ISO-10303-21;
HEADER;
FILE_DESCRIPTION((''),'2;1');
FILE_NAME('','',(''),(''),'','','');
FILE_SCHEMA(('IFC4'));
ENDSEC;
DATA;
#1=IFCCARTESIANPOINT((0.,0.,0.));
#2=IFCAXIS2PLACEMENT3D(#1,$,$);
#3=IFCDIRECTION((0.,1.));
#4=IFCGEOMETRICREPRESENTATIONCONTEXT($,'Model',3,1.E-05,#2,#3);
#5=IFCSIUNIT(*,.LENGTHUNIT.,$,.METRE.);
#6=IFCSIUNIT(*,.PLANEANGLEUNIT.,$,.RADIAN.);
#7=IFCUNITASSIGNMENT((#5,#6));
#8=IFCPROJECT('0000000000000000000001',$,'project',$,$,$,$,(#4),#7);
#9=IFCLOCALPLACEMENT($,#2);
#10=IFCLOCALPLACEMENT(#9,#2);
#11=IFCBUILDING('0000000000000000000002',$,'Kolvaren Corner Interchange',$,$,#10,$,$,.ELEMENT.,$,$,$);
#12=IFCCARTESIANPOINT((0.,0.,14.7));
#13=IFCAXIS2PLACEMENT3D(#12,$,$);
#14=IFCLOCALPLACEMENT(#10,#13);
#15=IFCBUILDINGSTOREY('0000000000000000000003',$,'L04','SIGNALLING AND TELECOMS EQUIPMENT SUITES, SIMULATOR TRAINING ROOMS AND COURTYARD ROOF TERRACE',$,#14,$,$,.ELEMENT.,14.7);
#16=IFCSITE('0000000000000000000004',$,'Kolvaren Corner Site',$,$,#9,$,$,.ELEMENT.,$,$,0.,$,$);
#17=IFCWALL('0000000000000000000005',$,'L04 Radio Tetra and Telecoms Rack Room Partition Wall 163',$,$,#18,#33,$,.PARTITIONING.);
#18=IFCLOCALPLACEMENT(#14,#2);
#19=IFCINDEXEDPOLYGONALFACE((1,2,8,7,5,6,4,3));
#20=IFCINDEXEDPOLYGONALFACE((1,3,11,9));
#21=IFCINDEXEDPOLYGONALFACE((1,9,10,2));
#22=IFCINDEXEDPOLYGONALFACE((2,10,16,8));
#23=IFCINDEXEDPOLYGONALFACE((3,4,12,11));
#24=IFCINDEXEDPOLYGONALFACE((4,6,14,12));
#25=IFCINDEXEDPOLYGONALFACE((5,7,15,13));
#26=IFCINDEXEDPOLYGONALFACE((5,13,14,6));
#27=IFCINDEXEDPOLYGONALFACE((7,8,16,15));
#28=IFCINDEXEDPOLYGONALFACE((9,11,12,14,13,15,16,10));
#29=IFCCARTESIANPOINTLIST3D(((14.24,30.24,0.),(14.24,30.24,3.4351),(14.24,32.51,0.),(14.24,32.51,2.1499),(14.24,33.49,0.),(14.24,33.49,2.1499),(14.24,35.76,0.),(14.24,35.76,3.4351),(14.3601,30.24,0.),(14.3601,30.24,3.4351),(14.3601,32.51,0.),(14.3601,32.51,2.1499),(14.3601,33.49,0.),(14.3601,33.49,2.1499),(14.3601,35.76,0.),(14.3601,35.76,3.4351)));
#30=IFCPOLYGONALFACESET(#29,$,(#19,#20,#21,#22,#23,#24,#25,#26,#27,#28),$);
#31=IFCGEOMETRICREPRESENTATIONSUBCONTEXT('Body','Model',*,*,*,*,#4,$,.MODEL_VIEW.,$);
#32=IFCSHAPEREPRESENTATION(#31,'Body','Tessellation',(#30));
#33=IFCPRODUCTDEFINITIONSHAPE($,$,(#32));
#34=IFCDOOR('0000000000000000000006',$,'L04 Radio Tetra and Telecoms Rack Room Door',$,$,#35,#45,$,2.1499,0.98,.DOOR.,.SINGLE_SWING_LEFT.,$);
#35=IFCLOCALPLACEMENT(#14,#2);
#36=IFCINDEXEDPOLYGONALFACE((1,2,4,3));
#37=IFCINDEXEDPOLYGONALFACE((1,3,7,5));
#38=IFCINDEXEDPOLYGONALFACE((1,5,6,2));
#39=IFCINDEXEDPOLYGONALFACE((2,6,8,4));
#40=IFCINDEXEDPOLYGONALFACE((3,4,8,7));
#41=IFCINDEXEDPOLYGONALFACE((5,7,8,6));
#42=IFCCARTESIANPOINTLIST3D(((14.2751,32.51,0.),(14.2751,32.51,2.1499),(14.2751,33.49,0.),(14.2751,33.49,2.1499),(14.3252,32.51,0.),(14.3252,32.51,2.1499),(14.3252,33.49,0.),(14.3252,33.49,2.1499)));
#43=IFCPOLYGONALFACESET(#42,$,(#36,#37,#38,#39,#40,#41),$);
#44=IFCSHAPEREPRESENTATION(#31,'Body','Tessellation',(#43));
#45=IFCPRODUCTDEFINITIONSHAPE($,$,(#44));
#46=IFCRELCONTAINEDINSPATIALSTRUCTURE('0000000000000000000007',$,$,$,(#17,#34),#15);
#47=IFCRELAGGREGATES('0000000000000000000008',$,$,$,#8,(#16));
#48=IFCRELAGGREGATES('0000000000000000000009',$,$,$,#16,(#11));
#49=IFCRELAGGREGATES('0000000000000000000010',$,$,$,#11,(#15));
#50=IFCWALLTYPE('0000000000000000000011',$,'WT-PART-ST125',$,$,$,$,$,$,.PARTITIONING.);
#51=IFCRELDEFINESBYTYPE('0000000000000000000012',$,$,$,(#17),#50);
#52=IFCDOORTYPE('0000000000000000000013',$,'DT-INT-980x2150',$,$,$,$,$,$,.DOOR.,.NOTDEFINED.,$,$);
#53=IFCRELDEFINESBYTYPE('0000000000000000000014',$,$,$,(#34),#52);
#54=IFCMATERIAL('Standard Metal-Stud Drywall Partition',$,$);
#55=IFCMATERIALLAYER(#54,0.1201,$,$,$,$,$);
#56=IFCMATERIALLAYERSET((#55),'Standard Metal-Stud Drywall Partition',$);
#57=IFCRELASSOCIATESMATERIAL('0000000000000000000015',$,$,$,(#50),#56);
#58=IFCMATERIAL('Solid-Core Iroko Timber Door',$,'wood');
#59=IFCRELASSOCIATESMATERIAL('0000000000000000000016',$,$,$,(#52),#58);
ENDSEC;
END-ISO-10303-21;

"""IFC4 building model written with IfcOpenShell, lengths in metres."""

from ifc_helpers import new_model, si_unit, direction, frame, frame_2d, origin, place, context, subcontext, project, spatial, rectangle, extrude, material, layer, layer_set, type_object, element, fill, save


model = new_model("IFC4")

# Units and contexts
model_context = context("Model", 3, precision=1e-05, world=origin(), true_north=direction((0.0, 1.0)))
body_context = subcontext(model_context, "Body", "Model", "MODEL_VIEW")
ifc_project = project(units=[si_unit("LENGTHUNIT", "METRE"), si_unit("PLANEANGLEUNIT", "RADIAN")], contexts=[model_context])

# Site, building, storey
site_placement = place(None, origin())
site = spatial("IfcSite", under=ifc_project, at=site_placement, Name="Kolvaren Corner Site", CompositionType="ELEMENT", RefElevation=0.0)
building_placement = place(site_placement, origin())
building = spatial("IfcBuilding", under=site, at=building_placement, Name="Kolvaren Corner Interchange", CompositionType="ELEMENT")
storey_placement = place(building_placement, frame((0.0, 0.0, 14.7)))
storey = spatial("IfcBuildingStorey", under=building, at=storey_placement, Name="L04", Description="SIGNALLING AND TELECOMS EQUIPMENT SUITES, SIMULATOR TRAINING ROOMS AND COURTYARD ROOF TERRACE", CompositionType="ELEMENT", Elevation=14.7)

# Wall, opening, door
ifc_material_1 = material(Name="Standard Metal-Stud Drywall Partition")
ifc_layer = layer(ifc_material_1, 0.1201)
ifc_layer_set = layer_set([ifc_layer], Name="Standard Metal-Stud Drywall Partition")
wall_type = type_object("IfcWallType", Name="WT-PART-ST125", PredefinedType="PARTITIONING", material=ifc_layer_set)
wall_placement = place(storey_placement, frame((14.3, 30.24, 0.0), z_axis=(0.0, 0.0, 1.0), x_axis=(0.0, 1.0, 0.0)))
wall = element("IfcWall", 1, at=wall_placement, inside=storey, type_object=wall_type, Name="L04 Radio Tetra and Telecoms Rack Room Partition Wall 163", PredefinedType="PARTITIONING", context=body_context, shape_type="SweptSolid", body=[
    extrude(rectangle(XDim=5.52, YDim=0.1201, at=frame_2d((2.76, 0.0))), origin(), (0.0, 0.0, 1.0), 3.4351),
])
opening_placement = place(wall_placement, frame((2.27, 0.0, 0.0)))
opening = element("IfcOpeningElement", 2, at=opening_placement, cuts=wall, PredefinedType="OPENING", context=body_context, shape_type="SweptSolid", body=[
    extrude(rectangle(XDim=0.98, YDim=2.1499, at=frame_2d((0.49, 1.075))), frame((0.0, 0.0701, 0.0), z_axis=(0.0, -1.0, 0.0), x_axis=(1.0, 0.0, 0.0)), (0.0, 0.0, 1.0), 0.1401),
])
ifc_material_2 = material(Name="Solid-Core Iroko Timber Door", Category="wood")
door_type = type_object("IfcDoorType", Name="DT-INT-980x2150", OperationType="NOTDEFINED", PredefinedType="DOOR", material=ifc_material_2)
door_placement = place(opening_placement, origin())
door = element("IfcDoor", 3, at=door_placement, inside=storey, type_object=door_type, Name="L04 Radio Tetra and Telecoms Rack Room Door", OperationType="SINGLE_SWING_LEFT", OverallHeight=2.1499, OverallWidth=0.98, PredefinedType="DOOR", context=body_context, shape_type="SweptSolid", body=[
    extrude(rectangle(XDim=0.98, YDim=2.1499, at=frame_2d((0.49, 1.075))), frame((0.0, 0.0249, 0.0), z_axis=(0.0, -1.0, 0.0), x_axis=(1.0, 0.0, 0.0)), (0.0, 0.0, 1.0), 0.05),
])
fill(opening, door)

save(model, "model.ifc")
